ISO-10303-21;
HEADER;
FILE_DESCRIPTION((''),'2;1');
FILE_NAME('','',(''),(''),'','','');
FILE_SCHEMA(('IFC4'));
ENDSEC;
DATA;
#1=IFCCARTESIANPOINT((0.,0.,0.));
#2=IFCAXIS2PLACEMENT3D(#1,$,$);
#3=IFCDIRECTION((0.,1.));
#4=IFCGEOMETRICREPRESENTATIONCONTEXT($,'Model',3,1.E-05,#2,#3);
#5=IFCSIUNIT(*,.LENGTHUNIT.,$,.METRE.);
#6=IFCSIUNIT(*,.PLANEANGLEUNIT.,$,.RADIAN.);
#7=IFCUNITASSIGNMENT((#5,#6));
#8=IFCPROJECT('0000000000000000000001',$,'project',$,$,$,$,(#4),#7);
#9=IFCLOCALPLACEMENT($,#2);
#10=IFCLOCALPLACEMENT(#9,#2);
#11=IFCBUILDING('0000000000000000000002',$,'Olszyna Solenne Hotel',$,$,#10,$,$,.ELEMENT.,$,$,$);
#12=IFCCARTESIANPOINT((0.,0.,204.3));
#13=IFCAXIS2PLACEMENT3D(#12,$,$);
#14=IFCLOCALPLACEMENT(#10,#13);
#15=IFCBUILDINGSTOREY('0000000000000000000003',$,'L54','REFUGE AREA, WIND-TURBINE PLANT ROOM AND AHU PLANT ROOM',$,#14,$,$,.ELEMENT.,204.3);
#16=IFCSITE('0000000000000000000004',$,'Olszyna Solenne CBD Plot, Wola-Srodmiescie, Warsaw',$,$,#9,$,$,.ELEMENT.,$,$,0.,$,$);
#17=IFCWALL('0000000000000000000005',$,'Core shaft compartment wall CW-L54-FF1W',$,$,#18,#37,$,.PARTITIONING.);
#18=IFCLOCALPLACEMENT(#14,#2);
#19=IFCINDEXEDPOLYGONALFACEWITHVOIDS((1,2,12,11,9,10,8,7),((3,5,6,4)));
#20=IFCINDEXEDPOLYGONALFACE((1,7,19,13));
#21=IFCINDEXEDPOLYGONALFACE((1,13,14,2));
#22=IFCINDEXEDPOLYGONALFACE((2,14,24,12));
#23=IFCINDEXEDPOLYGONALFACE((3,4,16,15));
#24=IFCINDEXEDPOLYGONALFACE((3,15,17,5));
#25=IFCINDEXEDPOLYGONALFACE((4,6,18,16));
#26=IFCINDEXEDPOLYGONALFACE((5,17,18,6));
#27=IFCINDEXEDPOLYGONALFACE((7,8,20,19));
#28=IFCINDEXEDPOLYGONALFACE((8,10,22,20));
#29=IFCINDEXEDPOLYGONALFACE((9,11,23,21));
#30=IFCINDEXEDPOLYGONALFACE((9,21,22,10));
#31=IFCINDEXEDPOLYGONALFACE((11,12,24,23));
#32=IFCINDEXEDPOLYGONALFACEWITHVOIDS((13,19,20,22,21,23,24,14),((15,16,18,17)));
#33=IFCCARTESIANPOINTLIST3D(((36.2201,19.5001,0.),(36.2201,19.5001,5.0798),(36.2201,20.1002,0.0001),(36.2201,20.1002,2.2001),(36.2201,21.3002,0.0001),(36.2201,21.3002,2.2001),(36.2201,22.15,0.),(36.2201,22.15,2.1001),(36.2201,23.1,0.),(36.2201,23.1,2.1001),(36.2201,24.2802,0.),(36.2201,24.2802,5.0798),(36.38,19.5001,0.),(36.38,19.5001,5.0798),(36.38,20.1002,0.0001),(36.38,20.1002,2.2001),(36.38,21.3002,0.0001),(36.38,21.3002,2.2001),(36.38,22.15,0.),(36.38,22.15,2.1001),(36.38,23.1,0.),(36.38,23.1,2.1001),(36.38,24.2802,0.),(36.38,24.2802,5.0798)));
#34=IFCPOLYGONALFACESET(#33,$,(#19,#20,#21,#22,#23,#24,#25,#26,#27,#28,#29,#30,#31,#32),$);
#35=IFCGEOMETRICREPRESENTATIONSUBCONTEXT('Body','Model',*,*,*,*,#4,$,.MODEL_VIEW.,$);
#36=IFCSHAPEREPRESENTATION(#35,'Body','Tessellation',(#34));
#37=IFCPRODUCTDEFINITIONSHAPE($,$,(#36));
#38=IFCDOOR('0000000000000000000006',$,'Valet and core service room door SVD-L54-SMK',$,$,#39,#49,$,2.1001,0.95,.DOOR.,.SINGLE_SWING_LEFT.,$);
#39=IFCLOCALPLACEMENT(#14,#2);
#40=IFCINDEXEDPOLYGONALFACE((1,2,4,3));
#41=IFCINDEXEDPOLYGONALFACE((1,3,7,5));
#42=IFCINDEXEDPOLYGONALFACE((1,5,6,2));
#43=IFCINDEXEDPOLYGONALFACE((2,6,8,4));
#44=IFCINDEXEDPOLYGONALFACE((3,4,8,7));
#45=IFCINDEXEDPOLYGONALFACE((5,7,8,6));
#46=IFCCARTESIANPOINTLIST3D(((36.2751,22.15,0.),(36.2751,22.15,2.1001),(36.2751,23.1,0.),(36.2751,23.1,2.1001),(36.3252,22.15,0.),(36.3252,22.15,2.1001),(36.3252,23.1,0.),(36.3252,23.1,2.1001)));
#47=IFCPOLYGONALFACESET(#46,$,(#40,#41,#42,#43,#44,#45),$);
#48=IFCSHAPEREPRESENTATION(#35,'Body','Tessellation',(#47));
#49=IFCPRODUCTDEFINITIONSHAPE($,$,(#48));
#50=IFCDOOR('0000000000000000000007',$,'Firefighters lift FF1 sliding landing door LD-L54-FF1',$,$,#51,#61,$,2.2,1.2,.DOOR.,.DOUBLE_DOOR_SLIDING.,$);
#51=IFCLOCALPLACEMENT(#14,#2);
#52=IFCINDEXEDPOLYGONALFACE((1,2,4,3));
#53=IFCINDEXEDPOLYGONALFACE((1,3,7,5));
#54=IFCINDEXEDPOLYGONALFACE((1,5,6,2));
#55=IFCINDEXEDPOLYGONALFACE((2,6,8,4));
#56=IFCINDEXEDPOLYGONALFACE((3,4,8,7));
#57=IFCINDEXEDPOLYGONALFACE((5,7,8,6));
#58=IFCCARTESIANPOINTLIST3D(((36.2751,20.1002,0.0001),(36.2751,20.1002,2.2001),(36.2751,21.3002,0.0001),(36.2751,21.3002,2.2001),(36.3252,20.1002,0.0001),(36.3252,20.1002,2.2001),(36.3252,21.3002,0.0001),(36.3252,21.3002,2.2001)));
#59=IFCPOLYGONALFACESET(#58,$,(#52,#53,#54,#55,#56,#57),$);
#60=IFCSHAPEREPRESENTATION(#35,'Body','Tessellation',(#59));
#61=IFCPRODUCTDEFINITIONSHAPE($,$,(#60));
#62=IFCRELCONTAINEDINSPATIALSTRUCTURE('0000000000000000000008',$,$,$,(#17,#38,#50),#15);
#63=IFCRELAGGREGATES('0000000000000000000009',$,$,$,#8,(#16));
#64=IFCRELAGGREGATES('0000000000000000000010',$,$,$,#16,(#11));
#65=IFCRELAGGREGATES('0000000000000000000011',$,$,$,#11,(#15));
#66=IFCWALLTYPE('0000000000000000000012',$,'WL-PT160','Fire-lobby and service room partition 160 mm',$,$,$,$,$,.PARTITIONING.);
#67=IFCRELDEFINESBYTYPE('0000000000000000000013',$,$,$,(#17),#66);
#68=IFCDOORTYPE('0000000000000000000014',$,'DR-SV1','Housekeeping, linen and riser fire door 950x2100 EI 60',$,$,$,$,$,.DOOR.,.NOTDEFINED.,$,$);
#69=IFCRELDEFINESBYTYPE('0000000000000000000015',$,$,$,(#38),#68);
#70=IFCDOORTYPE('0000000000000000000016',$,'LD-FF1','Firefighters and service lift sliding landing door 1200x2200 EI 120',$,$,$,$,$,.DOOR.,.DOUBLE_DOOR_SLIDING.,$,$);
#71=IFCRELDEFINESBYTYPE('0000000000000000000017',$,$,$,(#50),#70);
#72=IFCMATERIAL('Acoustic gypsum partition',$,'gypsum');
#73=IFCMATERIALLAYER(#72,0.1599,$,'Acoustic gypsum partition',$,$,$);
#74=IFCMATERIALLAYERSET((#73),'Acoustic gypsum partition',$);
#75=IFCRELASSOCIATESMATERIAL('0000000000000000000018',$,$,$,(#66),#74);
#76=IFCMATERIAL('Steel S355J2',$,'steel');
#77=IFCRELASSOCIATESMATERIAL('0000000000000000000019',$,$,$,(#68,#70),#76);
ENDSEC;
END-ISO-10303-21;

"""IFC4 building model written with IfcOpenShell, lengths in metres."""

from ifc_helpers import new_model, si_unit, direction, frame, frame_2d, origin, place, context, subcontext, project, spatial, rectangle, extrude, source, transform, mapped, material, layer, layer_set, type_object, type_shapes, element, fill, save


model = new_model("IFC4")

# Units and contexts
model_context = context("Model", 3, precision=1e-05, world=origin(), true_north=direction((0.0, 1.0)))
body_context = subcontext(model_context, "Body", "Model", "MODEL_VIEW")
ifc_project = project(units=[si_unit("LENGTHUNIT", "METRE"), si_unit("PLANEANGLEUNIT", "RADIAN")], contexts=[model_context])

# Site, building, storey
site_placement = place(None, origin())
site = spatial("IfcSite", under=ifc_project, at=site_placement, Name="Olszyna Solenne CBD Plot, Wola-Srodmiescie, Warsaw", CompositionType="ELEMENT", RefElevation=0.0)
building_placement = place(site_placement, origin())
building = spatial("IfcBuilding", under=site, at=building_placement, Name="Olszyna Solenne Hotel", CompositionType="ELEMENT")
storey_placement = place(building_placement, frame((0.0, 0.0, 204.3)))
storey = spatial("IfcBuildingStorey", under=building, at=storey_placement, Name="L54", Description="REFUGE AREA, WIND-TURBINE PLANT ROOM AND AHU PLANT ROOM", CompositionType="ELEMENT", Elevation=204.3)

# Shared definitions
ifc_material_1 = material(Name="Steel S355J2", Category="steel")

# Shared definitions
ifc_material_2 = material(Name="Acoustic gypsum partition", Category="gypsum")
ifc_layer = layer(ifc_material_2, 0.1599, Name="Acoustic gypsum partition")
ifc_layer_set = layer_set([ifc_layer], Name="Acoustic gypsum partition")
wall_type = type_object("IfcWallType", Name="WL-PT160", Description="Fire-lobby and service room partition 160 mm", PredefinedType="PARTITIONING", material=ifc_layer_set)

# Wall, openings, doors
wall_1_placement = place(storey_placement, frame((36.3, 19.5, 0.0), z_axis=(0.0, 0.0, 1.0), x_axis=(0.0, 1.0, 0.0)))
wall_1 = element("IfcWall", 1, at=wall_1_placement, inside=storey, type_object=wall_type, Name="Core shaft compartment wall CW-L54-FF1W", PredefinedType="PARTITIONING", context=body_context, shape_type="SweptSolid", body=[
    extrude(rectangle(XDim=4.78, YDim=0.1599, at=frame_2d((2.3901, 0.0))), origin(), (0.0, 0.0, 1.0), 5.0798),
])
opening_1_placement = place(wall_1_placement, frame((0.6001, 0.0, 0.0)))
opening_1 = element("IfcOpeningElement", 2, at=opening_1_placement, cuts=wall_1, PredefinedType="OPENING", context=body_context, shape_type="SweptSolid", body=[
    extrude(rectangle(XDim=1.2, YDim=2.2, at=frame_2d((0.6001, 1.1001))), frame((0.0, 0.0898, 0.0), z_axis=(0.0, -1.0, 0.0), x_axis=(1.0, 0.0, 0.0)), (0.0, 0.0, 1.0), 0.1799),
])
opening_2_placement = place(wall_1_placement, frame((2.6499, 0.0, 0.0)))
opening_2 = element("IfcOpeningElement", 3, at=opening_2_placement, cuts=wall_1, PredefinedType="OPENING", context=body_context, shape_type="SweptSolid", body=[
    extrude(rectangle(XDim=0.95, YDim=2.1001, at=frame_2d((0.4751, 1.05))), frame((0.0, 0.0898, 0.0), z_axis=(0.0, -1.0, 0.0), x_axis=(1.0, 0.0, 0.0)), (0.0, 0.0, 1.0), 0.1799),
])
door_type_1 = type_object("IfcDoorType", Name="DR-SV1", Description="Housekeeping, linen and riser fire door 950x2100 EI 60", OperationType="NOTDEFINED", PredefinedType="DOOR", material=ifc_material_1)
shared_shape_1 = source(origin(), body_context, "Body", "SweptSolid", [
    extrude(rectangle(XDim=0.95, YDim=2.1001, at=frame_2d((0.4751, 1.05))), frame((0.0, 0.0249, 0.0), z_axis=(0.0, -1.0, 0.0), x_axis=(1.0, 0.0, 0.0)), (0.0, 0.0, 1.0), 0.05),
])
type_shapes(door_type_1, [shared_shape_1])
door_1_placement = place(opening_2_placement, origin())
door_1 = element("IfcDoor", 4, at=door_1_placement, inside=storey, type_object=door_type_1, Name="Valet and core service room door SVD-L54-SMK", OperationType="SINGLE_SWING_LEFT", OverallHeight=2.1001, OverallWidth=0.95, PredefinedType="DOOR", context=body_context, shape_type="MappedRepresentation", body=[
    mapped(shared_shape_1, transform((0.0, 0.0, 0.0), x_axis=(1.0, 0.0, 0.0), y_axis=(0.0, 1.0, 0.0), z_axis=(0.0, 0.0, 1.0), scale=1.0)),
])
fill(opening_2, door_1)
door_type_2 = type_object("IfcDoorType", Name="LD-FF1", Description="Firefighters and service lift sliding landing door 1200x2200 EI 120", OperationType="DOUBLE_DOOR_SLIDING", PredefinedType="DOOR", material=ifc_material_1)
shared_shape_2 = source(origin(), body_context, "Body", "SweptSolid", [
    extrude(rectangle(XDim=1.2, YDim=2.2, at=frame_2d((0.6001, 1.1001))), frame((0.0, 0.0249, 0.0), z_axis=(0.0, -1.0, 0.0), x_axis=(1.0, 0.0, 0.0)), (0.0, 0.0, 1.0), 0.05),
])
type_shapes(door_type_2, [shared_shape_2])
door_2_placement = place(opening_1_placement, origin())
door_2 = element("IfcDoor", 5, at=door_2_placement, inside=storey, type_object=door_type_2, Name="Firefighters lift FF1 sliding landing door LD-L54-FF1", OperationType="DOUBLE_DOOR_SLIDING", OverallHeight=2.2, OverallWidth=1.2, PredefinedType="DOOR", context=body_context, shape_type="MappedRepresentation", body=[
    mapped(shared_shape_2, transform((0.0, 0.0, 0.0), x_axis=(1.0, 0.0, 0.0), y_axis=(0.0, 1.0, 0.0), z_axis=(0.0, 0.0, 1.0), scale=1.0)),
])
fill(opening_1, door_2)

save(model, "model.ifc")
